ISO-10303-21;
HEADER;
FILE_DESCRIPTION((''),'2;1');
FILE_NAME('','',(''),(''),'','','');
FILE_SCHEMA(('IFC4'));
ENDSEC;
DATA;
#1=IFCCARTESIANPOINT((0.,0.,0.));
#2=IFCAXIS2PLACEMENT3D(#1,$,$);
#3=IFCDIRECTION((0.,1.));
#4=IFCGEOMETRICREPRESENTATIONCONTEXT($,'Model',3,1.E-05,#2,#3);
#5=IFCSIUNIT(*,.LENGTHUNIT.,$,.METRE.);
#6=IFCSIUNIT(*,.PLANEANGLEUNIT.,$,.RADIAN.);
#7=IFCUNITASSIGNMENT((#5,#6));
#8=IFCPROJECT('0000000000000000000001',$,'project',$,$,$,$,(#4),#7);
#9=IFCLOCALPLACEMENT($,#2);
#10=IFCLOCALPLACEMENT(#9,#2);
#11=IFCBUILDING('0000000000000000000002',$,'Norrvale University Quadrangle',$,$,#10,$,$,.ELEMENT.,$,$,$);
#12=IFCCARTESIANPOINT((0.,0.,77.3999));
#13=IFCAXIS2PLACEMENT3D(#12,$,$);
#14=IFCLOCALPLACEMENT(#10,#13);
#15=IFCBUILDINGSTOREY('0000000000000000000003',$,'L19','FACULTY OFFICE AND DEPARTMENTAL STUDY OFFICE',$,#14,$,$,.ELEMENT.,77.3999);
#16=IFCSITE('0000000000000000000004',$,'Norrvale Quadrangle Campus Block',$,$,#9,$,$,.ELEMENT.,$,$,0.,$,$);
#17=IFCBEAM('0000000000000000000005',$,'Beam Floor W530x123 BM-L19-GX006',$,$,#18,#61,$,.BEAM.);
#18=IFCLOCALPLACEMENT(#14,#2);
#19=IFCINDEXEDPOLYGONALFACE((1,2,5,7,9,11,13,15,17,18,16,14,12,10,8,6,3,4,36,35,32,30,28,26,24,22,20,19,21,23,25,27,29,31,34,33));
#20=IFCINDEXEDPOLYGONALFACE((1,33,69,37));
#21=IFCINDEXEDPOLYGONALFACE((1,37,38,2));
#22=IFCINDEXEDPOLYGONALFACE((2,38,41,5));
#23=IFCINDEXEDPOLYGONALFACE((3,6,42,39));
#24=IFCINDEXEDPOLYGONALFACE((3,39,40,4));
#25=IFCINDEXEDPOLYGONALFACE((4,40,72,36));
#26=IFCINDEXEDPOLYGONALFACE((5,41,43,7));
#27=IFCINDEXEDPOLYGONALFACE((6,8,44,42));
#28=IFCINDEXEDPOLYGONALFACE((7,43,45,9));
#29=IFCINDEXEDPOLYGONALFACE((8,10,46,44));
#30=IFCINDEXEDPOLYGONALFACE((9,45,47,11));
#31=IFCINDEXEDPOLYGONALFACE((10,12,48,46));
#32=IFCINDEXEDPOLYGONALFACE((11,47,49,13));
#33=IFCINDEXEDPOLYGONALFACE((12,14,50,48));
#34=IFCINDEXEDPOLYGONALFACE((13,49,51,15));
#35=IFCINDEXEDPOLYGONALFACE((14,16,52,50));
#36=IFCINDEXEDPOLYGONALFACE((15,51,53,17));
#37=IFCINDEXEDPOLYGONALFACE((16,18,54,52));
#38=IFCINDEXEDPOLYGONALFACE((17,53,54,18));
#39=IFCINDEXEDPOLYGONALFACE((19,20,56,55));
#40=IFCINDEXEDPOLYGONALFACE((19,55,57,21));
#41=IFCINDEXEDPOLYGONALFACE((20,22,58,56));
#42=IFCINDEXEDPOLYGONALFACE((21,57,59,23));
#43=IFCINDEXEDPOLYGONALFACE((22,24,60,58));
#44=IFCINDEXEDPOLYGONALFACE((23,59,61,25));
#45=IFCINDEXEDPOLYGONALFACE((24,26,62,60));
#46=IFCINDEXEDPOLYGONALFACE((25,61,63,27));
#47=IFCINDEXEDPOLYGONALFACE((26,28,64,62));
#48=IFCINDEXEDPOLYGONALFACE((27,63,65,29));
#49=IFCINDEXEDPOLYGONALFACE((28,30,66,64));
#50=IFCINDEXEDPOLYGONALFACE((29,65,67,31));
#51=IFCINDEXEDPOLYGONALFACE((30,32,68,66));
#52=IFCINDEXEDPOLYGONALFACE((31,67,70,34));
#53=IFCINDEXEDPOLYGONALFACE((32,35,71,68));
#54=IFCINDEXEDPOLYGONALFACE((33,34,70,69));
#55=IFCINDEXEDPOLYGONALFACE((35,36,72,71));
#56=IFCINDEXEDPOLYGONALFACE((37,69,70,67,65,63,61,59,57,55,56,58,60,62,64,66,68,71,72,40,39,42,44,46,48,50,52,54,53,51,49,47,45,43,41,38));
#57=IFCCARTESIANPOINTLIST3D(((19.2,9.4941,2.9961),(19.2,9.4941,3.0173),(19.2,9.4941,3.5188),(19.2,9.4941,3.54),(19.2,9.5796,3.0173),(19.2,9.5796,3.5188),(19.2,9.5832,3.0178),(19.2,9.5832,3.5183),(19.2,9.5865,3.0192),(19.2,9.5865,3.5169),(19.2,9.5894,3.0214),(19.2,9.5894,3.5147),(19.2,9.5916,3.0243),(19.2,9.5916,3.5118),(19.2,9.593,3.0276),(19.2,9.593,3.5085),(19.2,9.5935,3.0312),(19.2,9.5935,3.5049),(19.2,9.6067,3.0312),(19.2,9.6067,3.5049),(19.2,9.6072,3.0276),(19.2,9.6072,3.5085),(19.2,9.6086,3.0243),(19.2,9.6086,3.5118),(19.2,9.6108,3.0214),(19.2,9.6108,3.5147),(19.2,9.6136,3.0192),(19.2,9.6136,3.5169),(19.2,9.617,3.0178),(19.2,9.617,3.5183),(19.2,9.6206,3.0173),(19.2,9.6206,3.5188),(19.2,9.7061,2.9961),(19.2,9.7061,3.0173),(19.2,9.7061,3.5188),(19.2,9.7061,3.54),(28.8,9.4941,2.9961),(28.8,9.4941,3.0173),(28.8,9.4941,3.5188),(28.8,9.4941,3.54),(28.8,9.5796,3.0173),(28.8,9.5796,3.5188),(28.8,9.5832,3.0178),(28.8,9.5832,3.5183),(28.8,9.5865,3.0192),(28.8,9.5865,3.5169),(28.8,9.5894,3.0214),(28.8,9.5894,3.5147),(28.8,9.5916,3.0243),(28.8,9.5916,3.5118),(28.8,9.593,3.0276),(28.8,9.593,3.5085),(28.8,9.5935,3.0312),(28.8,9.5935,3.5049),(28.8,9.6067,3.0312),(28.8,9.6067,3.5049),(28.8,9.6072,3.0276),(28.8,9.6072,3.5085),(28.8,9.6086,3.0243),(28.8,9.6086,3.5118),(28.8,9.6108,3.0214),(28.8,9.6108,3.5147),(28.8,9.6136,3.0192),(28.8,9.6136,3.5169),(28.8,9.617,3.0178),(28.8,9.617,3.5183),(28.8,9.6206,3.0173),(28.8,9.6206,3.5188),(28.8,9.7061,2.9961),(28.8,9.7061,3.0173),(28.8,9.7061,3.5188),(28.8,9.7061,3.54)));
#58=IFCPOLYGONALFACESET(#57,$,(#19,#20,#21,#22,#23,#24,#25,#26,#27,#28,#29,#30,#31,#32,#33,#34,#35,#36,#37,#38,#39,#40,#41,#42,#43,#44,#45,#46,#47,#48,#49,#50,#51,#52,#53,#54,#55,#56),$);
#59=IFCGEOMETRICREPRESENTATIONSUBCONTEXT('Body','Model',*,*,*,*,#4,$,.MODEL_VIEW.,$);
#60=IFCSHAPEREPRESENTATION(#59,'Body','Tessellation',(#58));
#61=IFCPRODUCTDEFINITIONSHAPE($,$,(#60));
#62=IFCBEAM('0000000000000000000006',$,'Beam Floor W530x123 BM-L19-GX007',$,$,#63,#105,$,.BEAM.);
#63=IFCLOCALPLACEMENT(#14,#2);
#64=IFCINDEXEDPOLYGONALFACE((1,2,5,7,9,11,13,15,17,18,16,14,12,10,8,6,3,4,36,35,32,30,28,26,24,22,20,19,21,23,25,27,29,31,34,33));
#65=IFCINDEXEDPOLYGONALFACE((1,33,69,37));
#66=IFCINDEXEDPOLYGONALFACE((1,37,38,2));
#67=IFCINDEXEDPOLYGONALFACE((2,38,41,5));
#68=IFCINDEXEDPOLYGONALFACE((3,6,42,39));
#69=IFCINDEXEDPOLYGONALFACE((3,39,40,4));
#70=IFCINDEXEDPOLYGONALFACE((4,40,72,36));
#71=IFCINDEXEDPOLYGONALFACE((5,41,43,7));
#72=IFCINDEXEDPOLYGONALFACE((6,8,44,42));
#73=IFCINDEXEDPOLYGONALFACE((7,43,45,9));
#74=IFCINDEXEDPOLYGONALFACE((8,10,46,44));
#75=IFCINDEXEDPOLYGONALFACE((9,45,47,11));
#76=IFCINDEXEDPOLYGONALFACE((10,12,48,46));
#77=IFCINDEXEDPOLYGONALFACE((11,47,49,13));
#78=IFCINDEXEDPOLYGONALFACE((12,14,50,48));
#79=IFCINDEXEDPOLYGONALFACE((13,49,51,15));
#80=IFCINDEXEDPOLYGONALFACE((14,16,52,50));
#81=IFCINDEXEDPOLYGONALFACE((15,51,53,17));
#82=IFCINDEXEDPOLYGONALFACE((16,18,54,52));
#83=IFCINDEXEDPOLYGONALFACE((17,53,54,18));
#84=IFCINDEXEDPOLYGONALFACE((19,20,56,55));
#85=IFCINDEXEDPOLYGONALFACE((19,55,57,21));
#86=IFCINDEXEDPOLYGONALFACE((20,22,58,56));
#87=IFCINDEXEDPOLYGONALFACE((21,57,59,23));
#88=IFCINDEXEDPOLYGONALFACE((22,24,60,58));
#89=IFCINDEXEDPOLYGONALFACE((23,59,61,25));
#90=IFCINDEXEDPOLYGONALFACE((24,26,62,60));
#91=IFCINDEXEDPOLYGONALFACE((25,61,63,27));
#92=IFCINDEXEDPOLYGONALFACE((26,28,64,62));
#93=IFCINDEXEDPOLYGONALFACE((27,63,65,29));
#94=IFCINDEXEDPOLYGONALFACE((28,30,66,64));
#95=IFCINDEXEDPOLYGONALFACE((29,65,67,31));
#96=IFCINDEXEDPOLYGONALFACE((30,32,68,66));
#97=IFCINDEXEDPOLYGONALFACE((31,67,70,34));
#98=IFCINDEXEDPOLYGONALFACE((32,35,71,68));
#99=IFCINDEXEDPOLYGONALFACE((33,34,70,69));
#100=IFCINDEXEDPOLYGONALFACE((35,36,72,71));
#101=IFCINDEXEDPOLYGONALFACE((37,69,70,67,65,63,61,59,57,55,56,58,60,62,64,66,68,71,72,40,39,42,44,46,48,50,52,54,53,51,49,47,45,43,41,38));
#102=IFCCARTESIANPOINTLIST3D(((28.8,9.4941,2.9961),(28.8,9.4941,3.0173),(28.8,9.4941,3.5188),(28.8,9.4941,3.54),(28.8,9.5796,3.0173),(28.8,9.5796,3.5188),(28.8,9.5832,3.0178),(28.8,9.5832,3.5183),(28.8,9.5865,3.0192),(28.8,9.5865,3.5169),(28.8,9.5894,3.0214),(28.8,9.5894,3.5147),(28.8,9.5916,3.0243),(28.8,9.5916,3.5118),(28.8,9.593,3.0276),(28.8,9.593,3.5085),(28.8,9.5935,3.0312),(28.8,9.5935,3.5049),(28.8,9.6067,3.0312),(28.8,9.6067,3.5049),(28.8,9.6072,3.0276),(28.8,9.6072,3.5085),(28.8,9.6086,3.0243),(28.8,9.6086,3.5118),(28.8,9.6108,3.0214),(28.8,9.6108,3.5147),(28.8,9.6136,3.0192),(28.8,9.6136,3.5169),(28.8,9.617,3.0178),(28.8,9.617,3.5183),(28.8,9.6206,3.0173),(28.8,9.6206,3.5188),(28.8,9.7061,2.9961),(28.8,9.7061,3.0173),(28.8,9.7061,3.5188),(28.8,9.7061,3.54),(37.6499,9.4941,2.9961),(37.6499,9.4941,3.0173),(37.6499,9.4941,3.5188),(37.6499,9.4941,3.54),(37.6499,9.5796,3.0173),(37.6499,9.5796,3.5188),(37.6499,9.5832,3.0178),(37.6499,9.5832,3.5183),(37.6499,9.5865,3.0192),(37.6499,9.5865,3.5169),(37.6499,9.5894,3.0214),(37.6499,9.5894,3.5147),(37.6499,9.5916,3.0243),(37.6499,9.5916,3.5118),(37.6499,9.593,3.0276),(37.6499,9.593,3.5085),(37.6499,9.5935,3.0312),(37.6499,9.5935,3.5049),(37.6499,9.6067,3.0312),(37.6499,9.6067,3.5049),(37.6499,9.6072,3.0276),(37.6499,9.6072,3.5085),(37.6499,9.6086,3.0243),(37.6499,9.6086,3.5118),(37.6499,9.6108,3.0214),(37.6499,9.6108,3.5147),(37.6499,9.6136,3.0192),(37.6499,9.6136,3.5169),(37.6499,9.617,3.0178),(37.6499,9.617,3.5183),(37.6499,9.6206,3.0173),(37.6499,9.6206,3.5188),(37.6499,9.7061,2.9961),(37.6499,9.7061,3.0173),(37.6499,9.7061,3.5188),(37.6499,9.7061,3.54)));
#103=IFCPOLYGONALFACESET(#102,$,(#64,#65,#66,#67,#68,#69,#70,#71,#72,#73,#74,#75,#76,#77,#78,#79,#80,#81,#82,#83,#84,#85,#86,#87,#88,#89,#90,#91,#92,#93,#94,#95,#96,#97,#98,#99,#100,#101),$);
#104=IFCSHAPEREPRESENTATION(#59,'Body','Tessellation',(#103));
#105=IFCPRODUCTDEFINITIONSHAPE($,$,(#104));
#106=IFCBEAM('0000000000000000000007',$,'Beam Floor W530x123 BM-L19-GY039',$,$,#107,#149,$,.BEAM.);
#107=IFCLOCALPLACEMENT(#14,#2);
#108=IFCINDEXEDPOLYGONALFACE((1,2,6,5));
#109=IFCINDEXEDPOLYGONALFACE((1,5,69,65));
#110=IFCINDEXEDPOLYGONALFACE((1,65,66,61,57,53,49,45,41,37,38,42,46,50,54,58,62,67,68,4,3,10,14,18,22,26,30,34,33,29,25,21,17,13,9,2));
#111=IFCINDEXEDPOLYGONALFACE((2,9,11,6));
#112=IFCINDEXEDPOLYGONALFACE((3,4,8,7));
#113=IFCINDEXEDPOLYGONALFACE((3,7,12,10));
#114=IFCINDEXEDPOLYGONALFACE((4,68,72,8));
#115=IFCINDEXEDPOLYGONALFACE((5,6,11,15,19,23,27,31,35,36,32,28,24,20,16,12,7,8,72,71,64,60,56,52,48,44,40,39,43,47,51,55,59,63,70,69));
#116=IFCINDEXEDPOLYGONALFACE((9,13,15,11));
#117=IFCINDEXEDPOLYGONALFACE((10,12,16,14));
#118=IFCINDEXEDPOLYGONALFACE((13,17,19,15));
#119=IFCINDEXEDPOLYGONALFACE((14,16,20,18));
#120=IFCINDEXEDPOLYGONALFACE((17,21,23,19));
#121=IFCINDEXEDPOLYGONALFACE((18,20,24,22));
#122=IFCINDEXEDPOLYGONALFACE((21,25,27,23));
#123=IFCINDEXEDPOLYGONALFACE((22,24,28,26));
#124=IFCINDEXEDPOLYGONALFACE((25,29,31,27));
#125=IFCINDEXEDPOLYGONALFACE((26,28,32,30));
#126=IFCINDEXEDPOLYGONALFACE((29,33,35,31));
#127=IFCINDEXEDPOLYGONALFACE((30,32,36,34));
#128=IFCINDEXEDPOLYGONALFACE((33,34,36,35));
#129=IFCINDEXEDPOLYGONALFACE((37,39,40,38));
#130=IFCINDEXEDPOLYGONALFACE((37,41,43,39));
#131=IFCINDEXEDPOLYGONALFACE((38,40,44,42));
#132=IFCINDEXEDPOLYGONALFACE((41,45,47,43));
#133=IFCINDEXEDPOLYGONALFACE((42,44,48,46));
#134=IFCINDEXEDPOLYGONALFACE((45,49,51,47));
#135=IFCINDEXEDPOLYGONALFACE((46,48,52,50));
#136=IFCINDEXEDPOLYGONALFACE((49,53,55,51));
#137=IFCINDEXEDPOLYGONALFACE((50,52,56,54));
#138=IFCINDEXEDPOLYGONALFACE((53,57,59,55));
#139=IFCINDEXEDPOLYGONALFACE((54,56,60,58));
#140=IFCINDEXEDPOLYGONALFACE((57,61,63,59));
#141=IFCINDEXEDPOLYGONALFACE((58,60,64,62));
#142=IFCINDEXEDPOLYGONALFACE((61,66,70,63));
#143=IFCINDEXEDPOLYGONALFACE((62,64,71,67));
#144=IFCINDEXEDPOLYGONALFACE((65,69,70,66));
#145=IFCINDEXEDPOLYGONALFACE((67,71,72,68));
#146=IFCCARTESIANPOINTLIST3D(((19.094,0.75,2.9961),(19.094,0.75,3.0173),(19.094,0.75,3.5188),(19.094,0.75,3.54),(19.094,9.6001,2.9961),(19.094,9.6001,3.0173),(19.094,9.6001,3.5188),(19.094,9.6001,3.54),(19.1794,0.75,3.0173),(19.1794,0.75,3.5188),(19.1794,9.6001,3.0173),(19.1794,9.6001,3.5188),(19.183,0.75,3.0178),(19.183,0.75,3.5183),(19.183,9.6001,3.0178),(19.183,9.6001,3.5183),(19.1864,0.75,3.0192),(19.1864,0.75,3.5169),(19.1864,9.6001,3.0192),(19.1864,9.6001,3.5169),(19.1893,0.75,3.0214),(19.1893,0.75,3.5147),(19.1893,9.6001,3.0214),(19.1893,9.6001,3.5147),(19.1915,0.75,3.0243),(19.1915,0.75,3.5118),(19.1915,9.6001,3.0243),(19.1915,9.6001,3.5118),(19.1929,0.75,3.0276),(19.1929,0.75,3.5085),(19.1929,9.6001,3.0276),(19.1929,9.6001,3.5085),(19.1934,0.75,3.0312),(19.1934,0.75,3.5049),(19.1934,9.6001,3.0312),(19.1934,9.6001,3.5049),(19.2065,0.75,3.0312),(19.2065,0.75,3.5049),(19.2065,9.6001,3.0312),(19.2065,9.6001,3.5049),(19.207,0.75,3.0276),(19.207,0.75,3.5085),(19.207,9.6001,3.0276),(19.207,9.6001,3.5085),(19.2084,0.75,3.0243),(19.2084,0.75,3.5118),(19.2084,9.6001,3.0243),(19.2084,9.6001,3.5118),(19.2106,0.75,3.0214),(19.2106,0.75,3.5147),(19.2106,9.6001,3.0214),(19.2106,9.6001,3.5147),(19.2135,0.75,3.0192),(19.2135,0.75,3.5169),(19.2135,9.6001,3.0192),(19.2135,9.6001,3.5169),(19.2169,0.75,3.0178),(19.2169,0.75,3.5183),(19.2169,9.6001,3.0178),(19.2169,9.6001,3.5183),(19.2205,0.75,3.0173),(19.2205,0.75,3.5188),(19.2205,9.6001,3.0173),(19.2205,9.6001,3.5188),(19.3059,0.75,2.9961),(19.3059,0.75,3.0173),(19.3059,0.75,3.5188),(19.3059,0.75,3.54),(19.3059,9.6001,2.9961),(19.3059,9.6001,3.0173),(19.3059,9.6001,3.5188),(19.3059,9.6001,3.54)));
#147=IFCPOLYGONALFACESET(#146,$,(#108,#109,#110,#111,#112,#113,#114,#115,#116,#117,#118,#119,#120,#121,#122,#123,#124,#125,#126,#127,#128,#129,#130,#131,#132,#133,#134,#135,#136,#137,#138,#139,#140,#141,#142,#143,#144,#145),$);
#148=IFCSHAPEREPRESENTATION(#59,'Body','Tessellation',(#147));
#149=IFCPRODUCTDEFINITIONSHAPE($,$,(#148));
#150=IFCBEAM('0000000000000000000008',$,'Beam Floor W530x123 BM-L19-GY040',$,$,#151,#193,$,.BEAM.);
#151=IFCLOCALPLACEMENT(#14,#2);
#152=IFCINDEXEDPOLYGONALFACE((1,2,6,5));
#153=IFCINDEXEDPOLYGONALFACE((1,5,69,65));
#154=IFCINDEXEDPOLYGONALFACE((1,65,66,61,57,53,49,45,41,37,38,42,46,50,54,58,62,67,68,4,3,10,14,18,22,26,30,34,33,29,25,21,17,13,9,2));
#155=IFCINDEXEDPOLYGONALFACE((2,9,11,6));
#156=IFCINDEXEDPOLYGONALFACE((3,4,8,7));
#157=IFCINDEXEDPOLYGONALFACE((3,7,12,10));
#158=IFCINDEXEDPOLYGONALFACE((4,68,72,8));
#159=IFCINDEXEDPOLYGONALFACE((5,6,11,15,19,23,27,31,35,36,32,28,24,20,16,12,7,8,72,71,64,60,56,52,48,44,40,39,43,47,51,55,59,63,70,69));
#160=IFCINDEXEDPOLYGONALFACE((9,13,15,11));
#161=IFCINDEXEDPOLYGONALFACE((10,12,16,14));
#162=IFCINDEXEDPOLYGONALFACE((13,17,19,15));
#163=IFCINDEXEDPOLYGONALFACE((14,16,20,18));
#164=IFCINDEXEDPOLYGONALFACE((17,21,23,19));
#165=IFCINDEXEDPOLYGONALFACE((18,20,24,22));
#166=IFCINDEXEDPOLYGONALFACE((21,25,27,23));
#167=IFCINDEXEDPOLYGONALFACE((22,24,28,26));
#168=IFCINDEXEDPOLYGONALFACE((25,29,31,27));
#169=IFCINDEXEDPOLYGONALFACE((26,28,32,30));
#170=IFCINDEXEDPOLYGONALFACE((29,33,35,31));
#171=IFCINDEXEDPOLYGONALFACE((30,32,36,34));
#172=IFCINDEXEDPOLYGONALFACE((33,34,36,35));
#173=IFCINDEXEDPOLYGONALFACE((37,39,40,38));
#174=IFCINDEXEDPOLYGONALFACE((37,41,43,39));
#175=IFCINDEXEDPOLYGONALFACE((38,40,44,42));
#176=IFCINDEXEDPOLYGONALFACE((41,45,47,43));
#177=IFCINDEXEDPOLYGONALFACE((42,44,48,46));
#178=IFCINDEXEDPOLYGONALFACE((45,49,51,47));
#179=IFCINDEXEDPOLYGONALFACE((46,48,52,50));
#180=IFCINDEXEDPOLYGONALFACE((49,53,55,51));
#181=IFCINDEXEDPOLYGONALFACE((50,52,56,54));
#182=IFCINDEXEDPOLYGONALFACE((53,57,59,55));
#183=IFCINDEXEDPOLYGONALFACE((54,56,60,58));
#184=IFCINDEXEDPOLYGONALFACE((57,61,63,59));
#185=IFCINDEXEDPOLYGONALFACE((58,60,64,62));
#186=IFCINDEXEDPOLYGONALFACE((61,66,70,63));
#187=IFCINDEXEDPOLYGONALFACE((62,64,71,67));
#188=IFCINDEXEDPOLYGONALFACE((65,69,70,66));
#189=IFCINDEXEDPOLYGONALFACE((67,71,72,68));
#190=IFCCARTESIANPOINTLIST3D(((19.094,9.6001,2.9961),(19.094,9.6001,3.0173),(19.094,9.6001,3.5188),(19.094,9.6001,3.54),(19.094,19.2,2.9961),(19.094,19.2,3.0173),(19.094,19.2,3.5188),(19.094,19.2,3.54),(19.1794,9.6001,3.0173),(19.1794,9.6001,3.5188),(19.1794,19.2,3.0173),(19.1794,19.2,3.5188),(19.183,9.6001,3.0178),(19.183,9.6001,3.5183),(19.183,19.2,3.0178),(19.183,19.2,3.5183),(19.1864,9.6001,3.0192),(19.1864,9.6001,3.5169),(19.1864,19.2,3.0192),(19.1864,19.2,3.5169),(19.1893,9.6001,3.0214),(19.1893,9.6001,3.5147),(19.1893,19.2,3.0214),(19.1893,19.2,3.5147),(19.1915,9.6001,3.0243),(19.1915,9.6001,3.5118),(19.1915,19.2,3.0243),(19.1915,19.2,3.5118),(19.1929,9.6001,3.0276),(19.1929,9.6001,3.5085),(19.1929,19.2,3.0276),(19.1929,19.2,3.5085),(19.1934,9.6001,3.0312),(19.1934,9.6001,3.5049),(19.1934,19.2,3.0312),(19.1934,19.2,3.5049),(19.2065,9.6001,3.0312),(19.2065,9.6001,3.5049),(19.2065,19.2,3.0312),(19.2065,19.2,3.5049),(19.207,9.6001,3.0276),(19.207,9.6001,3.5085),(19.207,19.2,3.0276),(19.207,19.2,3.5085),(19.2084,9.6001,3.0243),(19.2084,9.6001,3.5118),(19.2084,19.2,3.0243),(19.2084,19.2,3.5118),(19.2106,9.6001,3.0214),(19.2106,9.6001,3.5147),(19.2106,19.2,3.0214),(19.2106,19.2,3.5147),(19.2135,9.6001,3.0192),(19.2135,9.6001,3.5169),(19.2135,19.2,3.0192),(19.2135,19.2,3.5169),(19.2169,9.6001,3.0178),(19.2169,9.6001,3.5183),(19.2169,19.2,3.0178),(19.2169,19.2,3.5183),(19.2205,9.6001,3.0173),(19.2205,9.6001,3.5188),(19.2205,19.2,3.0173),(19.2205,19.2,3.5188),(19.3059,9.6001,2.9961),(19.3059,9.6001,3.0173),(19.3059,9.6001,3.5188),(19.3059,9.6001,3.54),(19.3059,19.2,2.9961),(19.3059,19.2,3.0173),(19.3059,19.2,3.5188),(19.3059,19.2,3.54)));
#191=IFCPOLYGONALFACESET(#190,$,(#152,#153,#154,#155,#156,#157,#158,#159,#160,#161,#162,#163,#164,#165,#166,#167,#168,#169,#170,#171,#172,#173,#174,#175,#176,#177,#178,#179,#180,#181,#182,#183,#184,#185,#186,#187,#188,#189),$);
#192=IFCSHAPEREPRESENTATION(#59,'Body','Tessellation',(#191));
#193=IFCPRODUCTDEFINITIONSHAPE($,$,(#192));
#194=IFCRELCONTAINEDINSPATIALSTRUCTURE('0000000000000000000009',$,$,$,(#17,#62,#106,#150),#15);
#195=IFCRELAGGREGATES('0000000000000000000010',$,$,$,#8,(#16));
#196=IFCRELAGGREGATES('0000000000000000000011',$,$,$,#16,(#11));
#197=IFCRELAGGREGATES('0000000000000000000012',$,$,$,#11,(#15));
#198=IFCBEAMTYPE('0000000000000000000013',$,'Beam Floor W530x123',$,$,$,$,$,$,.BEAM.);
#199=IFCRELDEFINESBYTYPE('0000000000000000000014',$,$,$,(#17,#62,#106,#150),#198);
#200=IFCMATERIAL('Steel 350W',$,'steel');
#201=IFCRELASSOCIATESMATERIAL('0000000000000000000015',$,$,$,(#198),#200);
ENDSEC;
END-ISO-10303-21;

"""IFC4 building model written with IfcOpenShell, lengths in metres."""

from ifc_helpers import new_model, si_unit, direction, frame, origin, origin_2d, place, context, subcontext, project, spatial, i_section, extrude, material, material_profile, profile_set, type_object, element, save


model = new_model("IFC4")

# Units and contexts
model_context = context("Model", 3, precision=1e-05, world=origin(), true_north=direction((0.0, 1.0)))
body_context = subcontext(model_context, "Body", "Model", "MODEL_VIEW")
ifc_project = project(units=[si_unit("LENGTHUNIT", "METRE"), si_unit("PLANEANGLEUNIT", "RADIAN")], contexts=[model_context])

# Site, building, storey
site_placement = place(None, origin())
site = spatial("IfcSite", under=ifc_project, at=site_placement, Name="Norrvale Quadrangle Campus Block", CompositionType="ELEMENT", RefElevation=0.0)
building_placement = place(site_placement, origin())
building = spatial("IfcBuilding", under=site, at=building_placement, Name="Norrvale University Quadrangle", CompositionType="ELEMENT")
storey_placement = place(building_placement, frame((0.0, 0.0, 77.3999)))
storey = spatial("IfcBuildingStorey", under=building, at=storey_placement, Name="L19", Description="FACULTY OFFICE AND DEPARTMENTAL STUDY OFFICE", CompositionType="ELEMENT", Elevation=77.3999)

# Beams
ifc_material_1 = material(Name="Steel 350W", Category="steel")
ifc_material_profile_1 = material_profile(ifc_material_1, i_section(OverallWidth=0.2119, OverallDepth=0.5439, WebThickness=0.0132, FlangeThickness=0.0212, FilletRadius=0.0139, at=origin_2d()), Name="Steel 350W")
ifc_profile_set_1 = profile_set([ifc_material_profile_1], Name="Steel 350W")
beam_type_1 = type_object("IfcBeamType", Name="Beam Floor W530x123", PredefinedType="BEAM", material=ifc_profile_set_1)
beam_1_placement = place(storey_placement, frame((19.2, 9.6001, 3.2681), z_axis=(1.0, 0.0, 0.0), x_axis=(0.0, 1.0, 0.0)))
element("IfcBeam", 1, at=beam_1_placement, inside=storey, type_object=beam_type_1, Name="Beam Floor W530x123 BM-L19-GX006", PredefinedType="BEAM", context=body_context, shape_type="SweptSolid", body=[
    extrude(i_section(OverallWidth=0.2119, OverallDepth=0.5439, WebThickness=0.0132, FlangeThickness=0.0212, FilletRadius=0.0139, at=origin_2d()), origin(), (0.0, 0.0, 1.0), 9.6001),
])
beam_2_placement = place(storey_placement, frame((28.8, 9.6001, 3.2681), z_axis=(1.0, 0.0, 0.0), x_axis=(0.0, 1.0, 0.0)))
element("IfcBeam", 2, at=beam_2_placement, inside=storey, type_object=beam_type_1, Name="Beam Floor W530x123 BM-L19-GX007", PredefinedType="BEAM", context=body_context, shape_type="SweptSolid", body=[
    extrude(i_section(OverallWidth=0.2119, OverallDepth=0.5439, WebThickness=0.0132, FlangeThickness=0.0212, FilletRadius=0.0139, at=origin_2d()), origin(), (0.0, 0.0, 1.0), 8.8499),
])
beam_3_placement = place(storey_placement, frame((19.2, 0.75, 3.2681), z_axis=(0.0, 1.0, 0.0), x_axis=(-1.0, 0.0, 0.0)))
element("IfcBeam", 3, at=beam_3_placement, inside=storey, type_object=beam_type_1, Name="Beam Floor W530x123 BM-L19-GY039", PredefinedType="BEAM", context=body_context, shape_type="SweptSolid", body=[
    extrude(i_section(OverallWidth=0.2119, OverallDepth=0.5439, WebThickness=0.0132, FlangeThickness=0.0212, FilletRadius=0.0139, at=origin_2d()), origin(), (0.0, 0.0, 1.0), 8.8501),
])
beam_4_placement = place(storey_placement, frame((19.2, 9.6001, 3.2681), z_axis=(0.0, 1.0, 0.0), x_axis=(-1.0, 0.0, 0.0)))
element("IfcBeam", 4, at=beam_4_placement, inside=storey, type_object=beam_type_1, Name="Beam Floor W530x123 BM-L19-GY040", PredefinedType="BEAM", context=body_context, shape_type="SweptSolid", body=[
    extrude(i_section(OverallWidth=0.2119, OverallDepth=0.5439, WebThickness=0.0132, FlangeThickness=0.0212, FilletRadius=0.0139, at=origin_2d()), origin(), (0.0, 0.0, 1.0), 9.5999),
])

save(model, "model.ifc")
